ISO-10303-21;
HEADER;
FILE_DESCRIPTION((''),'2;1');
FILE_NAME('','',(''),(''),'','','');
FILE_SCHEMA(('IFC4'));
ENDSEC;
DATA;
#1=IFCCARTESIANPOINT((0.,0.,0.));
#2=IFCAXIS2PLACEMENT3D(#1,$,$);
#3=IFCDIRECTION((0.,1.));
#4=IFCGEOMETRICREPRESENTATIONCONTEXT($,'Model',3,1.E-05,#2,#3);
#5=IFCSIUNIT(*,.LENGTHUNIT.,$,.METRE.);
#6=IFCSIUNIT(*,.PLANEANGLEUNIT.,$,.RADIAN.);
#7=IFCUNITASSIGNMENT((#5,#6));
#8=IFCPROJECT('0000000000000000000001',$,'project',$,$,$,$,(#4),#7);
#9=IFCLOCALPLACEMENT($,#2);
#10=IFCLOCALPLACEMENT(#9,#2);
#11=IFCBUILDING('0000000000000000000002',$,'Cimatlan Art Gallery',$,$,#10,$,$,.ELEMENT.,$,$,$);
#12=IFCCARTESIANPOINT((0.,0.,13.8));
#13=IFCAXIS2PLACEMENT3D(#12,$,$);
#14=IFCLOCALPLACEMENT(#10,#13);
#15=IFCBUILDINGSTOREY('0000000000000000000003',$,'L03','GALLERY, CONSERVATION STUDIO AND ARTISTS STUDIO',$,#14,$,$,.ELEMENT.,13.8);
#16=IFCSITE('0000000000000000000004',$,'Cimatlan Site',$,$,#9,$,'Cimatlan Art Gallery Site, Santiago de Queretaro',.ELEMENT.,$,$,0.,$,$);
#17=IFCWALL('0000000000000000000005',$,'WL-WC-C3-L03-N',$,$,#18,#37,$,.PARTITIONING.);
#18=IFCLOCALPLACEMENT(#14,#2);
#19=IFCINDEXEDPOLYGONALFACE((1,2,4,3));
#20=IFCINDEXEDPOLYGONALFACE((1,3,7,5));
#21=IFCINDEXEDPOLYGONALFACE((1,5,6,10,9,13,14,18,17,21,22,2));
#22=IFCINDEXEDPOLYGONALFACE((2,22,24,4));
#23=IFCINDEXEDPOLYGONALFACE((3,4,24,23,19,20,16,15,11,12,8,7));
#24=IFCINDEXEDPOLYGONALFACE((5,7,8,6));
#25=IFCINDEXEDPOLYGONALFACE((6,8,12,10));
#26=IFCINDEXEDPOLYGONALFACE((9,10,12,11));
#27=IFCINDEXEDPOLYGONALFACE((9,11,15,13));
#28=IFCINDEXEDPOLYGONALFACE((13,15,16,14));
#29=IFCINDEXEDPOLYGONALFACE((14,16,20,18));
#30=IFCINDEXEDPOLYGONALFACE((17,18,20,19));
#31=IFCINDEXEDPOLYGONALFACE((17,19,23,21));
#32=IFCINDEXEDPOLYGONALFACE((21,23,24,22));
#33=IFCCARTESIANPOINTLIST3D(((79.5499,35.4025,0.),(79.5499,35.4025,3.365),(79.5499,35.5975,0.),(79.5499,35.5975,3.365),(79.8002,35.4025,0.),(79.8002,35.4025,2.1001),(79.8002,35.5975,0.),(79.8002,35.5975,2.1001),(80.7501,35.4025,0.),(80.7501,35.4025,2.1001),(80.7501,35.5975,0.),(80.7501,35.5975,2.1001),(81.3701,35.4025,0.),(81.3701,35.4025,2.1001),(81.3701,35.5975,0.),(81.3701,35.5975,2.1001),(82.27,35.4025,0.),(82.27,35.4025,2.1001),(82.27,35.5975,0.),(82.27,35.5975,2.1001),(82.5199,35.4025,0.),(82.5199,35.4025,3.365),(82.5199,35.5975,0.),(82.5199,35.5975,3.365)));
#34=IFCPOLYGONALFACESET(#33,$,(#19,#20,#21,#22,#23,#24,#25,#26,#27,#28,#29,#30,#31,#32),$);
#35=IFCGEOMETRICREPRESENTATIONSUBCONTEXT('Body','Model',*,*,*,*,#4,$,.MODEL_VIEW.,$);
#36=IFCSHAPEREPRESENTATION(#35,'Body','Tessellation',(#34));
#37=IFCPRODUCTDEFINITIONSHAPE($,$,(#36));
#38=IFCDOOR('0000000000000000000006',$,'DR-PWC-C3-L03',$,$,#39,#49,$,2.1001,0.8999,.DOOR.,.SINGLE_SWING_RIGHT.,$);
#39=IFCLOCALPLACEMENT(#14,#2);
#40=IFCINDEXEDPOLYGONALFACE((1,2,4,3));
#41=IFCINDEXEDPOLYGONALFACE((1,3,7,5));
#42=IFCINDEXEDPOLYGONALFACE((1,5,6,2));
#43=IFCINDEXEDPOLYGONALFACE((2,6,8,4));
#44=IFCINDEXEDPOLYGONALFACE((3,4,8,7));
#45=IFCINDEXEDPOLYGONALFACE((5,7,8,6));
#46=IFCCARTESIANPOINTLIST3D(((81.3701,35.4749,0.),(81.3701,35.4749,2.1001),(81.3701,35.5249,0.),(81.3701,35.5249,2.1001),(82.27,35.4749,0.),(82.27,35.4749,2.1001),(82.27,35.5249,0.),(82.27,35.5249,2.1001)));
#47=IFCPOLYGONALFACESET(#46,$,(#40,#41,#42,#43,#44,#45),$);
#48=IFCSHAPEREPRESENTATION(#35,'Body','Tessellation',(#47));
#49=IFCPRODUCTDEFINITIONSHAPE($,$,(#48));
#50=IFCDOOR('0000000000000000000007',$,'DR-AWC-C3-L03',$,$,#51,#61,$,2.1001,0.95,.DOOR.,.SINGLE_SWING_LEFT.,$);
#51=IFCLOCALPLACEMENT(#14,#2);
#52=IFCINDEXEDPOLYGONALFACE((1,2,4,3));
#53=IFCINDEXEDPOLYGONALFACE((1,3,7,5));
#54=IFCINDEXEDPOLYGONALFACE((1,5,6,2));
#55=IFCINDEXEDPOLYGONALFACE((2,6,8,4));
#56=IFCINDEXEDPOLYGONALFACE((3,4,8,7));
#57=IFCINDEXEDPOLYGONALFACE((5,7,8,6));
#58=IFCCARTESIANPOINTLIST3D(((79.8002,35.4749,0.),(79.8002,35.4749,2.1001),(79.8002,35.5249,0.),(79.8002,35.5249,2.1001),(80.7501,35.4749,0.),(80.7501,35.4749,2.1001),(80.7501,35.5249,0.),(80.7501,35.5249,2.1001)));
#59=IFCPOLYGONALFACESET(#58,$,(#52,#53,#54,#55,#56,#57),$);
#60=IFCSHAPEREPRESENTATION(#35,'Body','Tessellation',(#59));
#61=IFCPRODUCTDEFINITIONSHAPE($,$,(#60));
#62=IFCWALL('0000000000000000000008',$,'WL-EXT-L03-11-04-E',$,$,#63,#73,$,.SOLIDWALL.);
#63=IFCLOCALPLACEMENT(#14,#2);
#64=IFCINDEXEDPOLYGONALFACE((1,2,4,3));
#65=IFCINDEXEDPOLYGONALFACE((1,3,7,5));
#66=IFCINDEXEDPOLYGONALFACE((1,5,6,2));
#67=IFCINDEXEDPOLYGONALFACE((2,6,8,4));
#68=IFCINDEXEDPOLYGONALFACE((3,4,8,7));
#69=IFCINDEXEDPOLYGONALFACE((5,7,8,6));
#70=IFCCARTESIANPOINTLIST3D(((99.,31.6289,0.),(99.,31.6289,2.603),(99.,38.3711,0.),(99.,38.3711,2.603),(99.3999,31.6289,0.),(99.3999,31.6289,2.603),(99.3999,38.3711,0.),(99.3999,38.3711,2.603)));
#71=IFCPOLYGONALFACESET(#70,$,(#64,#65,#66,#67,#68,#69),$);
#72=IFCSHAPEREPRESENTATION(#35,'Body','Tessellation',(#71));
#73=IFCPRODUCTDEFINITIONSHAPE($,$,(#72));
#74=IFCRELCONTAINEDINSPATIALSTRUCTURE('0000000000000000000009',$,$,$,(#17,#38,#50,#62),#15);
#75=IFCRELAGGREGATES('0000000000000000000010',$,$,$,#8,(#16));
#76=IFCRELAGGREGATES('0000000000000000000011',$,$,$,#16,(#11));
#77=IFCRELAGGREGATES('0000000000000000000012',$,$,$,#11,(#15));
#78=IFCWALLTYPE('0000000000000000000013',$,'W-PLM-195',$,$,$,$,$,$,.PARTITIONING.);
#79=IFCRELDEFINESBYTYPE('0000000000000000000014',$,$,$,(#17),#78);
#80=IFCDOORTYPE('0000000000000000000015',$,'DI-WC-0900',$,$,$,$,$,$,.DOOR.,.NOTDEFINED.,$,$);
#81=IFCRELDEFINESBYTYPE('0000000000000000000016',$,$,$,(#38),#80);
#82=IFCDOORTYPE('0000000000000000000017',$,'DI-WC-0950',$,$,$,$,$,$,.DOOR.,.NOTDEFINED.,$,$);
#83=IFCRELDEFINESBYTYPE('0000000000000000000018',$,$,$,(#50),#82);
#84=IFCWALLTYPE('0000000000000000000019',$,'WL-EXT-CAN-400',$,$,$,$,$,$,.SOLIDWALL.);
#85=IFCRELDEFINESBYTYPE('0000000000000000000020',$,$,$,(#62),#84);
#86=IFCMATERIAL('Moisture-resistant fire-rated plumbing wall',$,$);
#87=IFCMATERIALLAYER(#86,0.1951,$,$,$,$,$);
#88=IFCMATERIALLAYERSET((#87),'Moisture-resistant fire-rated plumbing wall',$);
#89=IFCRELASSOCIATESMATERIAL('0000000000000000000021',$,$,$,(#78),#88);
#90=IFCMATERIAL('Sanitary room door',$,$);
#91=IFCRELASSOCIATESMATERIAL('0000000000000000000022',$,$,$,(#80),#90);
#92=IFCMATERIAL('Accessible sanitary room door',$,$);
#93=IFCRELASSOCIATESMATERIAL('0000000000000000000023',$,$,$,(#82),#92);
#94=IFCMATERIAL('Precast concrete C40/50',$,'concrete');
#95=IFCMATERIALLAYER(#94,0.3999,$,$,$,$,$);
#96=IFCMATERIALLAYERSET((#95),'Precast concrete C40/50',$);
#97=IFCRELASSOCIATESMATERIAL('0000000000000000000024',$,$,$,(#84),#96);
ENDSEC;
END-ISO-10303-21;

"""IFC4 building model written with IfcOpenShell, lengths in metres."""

from ifc_helpers import new_model, si_unit, direction, frame, frame_2d, origin, place, context, subcontext, project, spatial, rectangle, extrude, material, layer, layer_set, type_object, element, fill, save


model = new_model("IFC4")

# Units and contexts
model_context = context("Model", 3, precision=1e-05, world=origin(), true_north=direction((0.0, 1.0)))
body_context = subcontext(model_context, "Body", "Model", "MODEL_VIEW")
ifc_project = project(units=[si_unit("LENGTHUNIT", "METRE"), si_unit("PLANEANGLEUNIT", "RADIAN")], contexts=[model_context])

# Site, building, storey
site_placement = place(None, origin())
site = spatial("IfcSite", under=ifc_project, at=site_placement, Name="Cimatlan Site", LongName="Cimatlan Art Gallery Site, Santiago de Queretaro", CompositionType="ELEMENT", RefElevation=0.0)
building_placement = place(site_placement, origin())
building = spatial("IfcBuilding", under=site, at=building_placement, Name="Cimatlan Art Gallery", CompositionType="ELEMENT")
storey_placement = place(building_placement, frame((0.0, 0.0, 13.8)))
storey = spatial("IfcBuildingStorey", under=building, at=storey_placement, Name="L03", Description="GALLERY, CONSERVATION STUDIO AND ARTISTS STUDIO", CompositionType="ELEMENT", Elevation=13.8)

# Shared definitions
ifc_material_1 = material(Name="Precast concrete C40/50", Category="concrete")

# Shared definitions
ifc_material_2 = material(Name="Moisture-resistant fire-rated plumbing wall")
ifc_layer_1 = layer(ifc_material_2, 0.1951)
ifc_layer_set_1 = layer_set([ifc_layer_1], Name="Moisture-resistant fire-rated plumbing wall")
wall_type_1 = type_object("IfcWallType", Name="W-PLM-195", PredefinedType="PARTITIONING", material=ifc_layer_set_1)

# Wall, openings, doors
wall_1_placement = place(storey_placement, frame((79.55, 35.5, 0.0), z_axis=(0.0, 0.0, 1.0), x_axis=(1.0, 0.0, 0.0)))
wall_1 = element("IfcWall", 1, at=wall_1_placement, inside=storey, type_object=wall_type_1, Name="WL-WC-C3-L03-N", PredefinedType="PARTITIONING", context=body_context, shape_type="SweptSolid", body=[
    extrude(rectangle(XDim=2.97, YDim=0.1951, at=frame_2d((1.4849, 0.0))), origin(), (0.0, 0.0, 1.0), 3.365),
])
opening_1_placement = place(wall_1_placement, frame((0.25, 0.0, 0.0)))
opening_1 = element("IfcOpeningElement", 2, at=opening_1_placement, cuts=wall_1, PredefinedType="OPENING", context=body_context, shape_type="SweptSolid", body=[
    extrude(rectangle(XDim=0.95, YDim=2.1001, at=frame_2d((0.4751, 1.05))), frame((0.0, 0.1074, 0.0), z_axis=(0.0, -1.0, 0.0), x_axis=(1.0, 0.0, 0.0)), (0.0, 0.0, 1.0), 0.2151),
])
opening_2_placement = place(wall_1_placement, frame((1.8201, 0.0, 0.0)))
opening_2 = element("IfcOpeningElement", 3, at=opening_2_placement, cuts=wall_1, PredefinedType="OPENING", context=body_context, shape_type="SweptSolid", body=[
    extrude(rectangle(XDim=0.8999, YDim=2.1001, at=frame_2d((0.45, 1.05))), frame((0.0, 0.1074, 0.0), z_axis=(0.0, -1.0, 0.0), x_axis=(1.0, 0.0, 0.0)), (0.0, 0.0, 1.0), 0.2151),
])
ifc_material_3 = material(Name="Sanitary room door")
door_type_1 = type_object("IfcDoorType", Name="DI-WC-0900", OperationType="NOTDEFINED", PredefinedType="DOOR", material=ifc_material_3)
door_1_placement = place(opening_2_placement, origin())
door_1 = element("IfcDoor", 4, at=door_1_placement, inside=storey, type_object=door_type_1, Name="DR-PWC-C3-L03", OperationType="SINGLE_SWING_RIGHT", OverallHeight=2.1001, OverallWidth=0.8999, PredefinedType="DOOR", context=body_context, shape_type="SweptSolid", body=[
    extrude(rectangle(XDim=0.8999, YDim=2.1001, at=frame_2d((0.45, 1.05))), frame((0.0, 0.0249, 0.0), z_axis=(0.0, -1.0, 0.0), x_axis=(1.0, 0.0, 0.0)), (0.0, 0.0, 1.0), 0.05),
])
fill(opening_2, door_1)
ifc_material_4 = material(Name="Accessible sanitary room door")
door_type_2 = type_object("IfcDoorType", Name="DI-WC-0950", OperationType="NOTDEFINED", PredefinedType="DOOR", material=ifc_material_4)
door_2_placement = place(opening_1_placement, origin())
door_2 = element("IfcDoor", 5, at=door_2_placement, inside=storey, type_object=door_type_2, Name="DR-AWC-C3-L03", OperationType="SINGLE_SWING_LEFT", OverallHeight=2.1001, OverallWidth=0.95, PredefinedType="DOOR", context=body_context, shape_type="SweptSolid", body=[
    extrude(rectangle(XDim=0.95, YDim=2.1001, at=frame_2d((0.4751, 1.05))), frame((0.0, 0.0249, 0.0), z_axis=(0.0, -1.0, 0.0), x_axis=(1.0, 0.0, 0.0)), (0.0, 0.0, 1.0), 0.05),
])
fill(opening_1, door_2)

# Wall
ifc_layer_2 = layer(ifc_material_1, 0.3999)
ifc_layer_set_2 = layer_set([ifc_layer_2], Name="Precast concrete C40/50")
wall_type_2 = type_object("IfcWallType", Name="WL-EXT-CAN-400", PredefinedType="SOLIDWALL", material=ifc_layer_set_2)
wall_2_placement = place(storey_placement, frame((99.2, 38.3711, 0.0), z_axis=(0.0, 0.0, 1.0), x_axis=(0.0, -1.0, 0.0)))
element("IfcWall", 6, at=wall_2_placement, inside=storey, type_object=wall_type_2, Name="WL-EXT-L03-11-04-E", PredefinedType="SOLIDWALL", context=body_context, shape_type="SweptSolid", body=[
    extrude(rectangle(XDim=6.7422, YDim=0.3999, at=frame_2d((3.3711, 0.0))), origin(), (0.0, 0.0, 1.0), 2.603),
])

save(model, "model.ifc")
